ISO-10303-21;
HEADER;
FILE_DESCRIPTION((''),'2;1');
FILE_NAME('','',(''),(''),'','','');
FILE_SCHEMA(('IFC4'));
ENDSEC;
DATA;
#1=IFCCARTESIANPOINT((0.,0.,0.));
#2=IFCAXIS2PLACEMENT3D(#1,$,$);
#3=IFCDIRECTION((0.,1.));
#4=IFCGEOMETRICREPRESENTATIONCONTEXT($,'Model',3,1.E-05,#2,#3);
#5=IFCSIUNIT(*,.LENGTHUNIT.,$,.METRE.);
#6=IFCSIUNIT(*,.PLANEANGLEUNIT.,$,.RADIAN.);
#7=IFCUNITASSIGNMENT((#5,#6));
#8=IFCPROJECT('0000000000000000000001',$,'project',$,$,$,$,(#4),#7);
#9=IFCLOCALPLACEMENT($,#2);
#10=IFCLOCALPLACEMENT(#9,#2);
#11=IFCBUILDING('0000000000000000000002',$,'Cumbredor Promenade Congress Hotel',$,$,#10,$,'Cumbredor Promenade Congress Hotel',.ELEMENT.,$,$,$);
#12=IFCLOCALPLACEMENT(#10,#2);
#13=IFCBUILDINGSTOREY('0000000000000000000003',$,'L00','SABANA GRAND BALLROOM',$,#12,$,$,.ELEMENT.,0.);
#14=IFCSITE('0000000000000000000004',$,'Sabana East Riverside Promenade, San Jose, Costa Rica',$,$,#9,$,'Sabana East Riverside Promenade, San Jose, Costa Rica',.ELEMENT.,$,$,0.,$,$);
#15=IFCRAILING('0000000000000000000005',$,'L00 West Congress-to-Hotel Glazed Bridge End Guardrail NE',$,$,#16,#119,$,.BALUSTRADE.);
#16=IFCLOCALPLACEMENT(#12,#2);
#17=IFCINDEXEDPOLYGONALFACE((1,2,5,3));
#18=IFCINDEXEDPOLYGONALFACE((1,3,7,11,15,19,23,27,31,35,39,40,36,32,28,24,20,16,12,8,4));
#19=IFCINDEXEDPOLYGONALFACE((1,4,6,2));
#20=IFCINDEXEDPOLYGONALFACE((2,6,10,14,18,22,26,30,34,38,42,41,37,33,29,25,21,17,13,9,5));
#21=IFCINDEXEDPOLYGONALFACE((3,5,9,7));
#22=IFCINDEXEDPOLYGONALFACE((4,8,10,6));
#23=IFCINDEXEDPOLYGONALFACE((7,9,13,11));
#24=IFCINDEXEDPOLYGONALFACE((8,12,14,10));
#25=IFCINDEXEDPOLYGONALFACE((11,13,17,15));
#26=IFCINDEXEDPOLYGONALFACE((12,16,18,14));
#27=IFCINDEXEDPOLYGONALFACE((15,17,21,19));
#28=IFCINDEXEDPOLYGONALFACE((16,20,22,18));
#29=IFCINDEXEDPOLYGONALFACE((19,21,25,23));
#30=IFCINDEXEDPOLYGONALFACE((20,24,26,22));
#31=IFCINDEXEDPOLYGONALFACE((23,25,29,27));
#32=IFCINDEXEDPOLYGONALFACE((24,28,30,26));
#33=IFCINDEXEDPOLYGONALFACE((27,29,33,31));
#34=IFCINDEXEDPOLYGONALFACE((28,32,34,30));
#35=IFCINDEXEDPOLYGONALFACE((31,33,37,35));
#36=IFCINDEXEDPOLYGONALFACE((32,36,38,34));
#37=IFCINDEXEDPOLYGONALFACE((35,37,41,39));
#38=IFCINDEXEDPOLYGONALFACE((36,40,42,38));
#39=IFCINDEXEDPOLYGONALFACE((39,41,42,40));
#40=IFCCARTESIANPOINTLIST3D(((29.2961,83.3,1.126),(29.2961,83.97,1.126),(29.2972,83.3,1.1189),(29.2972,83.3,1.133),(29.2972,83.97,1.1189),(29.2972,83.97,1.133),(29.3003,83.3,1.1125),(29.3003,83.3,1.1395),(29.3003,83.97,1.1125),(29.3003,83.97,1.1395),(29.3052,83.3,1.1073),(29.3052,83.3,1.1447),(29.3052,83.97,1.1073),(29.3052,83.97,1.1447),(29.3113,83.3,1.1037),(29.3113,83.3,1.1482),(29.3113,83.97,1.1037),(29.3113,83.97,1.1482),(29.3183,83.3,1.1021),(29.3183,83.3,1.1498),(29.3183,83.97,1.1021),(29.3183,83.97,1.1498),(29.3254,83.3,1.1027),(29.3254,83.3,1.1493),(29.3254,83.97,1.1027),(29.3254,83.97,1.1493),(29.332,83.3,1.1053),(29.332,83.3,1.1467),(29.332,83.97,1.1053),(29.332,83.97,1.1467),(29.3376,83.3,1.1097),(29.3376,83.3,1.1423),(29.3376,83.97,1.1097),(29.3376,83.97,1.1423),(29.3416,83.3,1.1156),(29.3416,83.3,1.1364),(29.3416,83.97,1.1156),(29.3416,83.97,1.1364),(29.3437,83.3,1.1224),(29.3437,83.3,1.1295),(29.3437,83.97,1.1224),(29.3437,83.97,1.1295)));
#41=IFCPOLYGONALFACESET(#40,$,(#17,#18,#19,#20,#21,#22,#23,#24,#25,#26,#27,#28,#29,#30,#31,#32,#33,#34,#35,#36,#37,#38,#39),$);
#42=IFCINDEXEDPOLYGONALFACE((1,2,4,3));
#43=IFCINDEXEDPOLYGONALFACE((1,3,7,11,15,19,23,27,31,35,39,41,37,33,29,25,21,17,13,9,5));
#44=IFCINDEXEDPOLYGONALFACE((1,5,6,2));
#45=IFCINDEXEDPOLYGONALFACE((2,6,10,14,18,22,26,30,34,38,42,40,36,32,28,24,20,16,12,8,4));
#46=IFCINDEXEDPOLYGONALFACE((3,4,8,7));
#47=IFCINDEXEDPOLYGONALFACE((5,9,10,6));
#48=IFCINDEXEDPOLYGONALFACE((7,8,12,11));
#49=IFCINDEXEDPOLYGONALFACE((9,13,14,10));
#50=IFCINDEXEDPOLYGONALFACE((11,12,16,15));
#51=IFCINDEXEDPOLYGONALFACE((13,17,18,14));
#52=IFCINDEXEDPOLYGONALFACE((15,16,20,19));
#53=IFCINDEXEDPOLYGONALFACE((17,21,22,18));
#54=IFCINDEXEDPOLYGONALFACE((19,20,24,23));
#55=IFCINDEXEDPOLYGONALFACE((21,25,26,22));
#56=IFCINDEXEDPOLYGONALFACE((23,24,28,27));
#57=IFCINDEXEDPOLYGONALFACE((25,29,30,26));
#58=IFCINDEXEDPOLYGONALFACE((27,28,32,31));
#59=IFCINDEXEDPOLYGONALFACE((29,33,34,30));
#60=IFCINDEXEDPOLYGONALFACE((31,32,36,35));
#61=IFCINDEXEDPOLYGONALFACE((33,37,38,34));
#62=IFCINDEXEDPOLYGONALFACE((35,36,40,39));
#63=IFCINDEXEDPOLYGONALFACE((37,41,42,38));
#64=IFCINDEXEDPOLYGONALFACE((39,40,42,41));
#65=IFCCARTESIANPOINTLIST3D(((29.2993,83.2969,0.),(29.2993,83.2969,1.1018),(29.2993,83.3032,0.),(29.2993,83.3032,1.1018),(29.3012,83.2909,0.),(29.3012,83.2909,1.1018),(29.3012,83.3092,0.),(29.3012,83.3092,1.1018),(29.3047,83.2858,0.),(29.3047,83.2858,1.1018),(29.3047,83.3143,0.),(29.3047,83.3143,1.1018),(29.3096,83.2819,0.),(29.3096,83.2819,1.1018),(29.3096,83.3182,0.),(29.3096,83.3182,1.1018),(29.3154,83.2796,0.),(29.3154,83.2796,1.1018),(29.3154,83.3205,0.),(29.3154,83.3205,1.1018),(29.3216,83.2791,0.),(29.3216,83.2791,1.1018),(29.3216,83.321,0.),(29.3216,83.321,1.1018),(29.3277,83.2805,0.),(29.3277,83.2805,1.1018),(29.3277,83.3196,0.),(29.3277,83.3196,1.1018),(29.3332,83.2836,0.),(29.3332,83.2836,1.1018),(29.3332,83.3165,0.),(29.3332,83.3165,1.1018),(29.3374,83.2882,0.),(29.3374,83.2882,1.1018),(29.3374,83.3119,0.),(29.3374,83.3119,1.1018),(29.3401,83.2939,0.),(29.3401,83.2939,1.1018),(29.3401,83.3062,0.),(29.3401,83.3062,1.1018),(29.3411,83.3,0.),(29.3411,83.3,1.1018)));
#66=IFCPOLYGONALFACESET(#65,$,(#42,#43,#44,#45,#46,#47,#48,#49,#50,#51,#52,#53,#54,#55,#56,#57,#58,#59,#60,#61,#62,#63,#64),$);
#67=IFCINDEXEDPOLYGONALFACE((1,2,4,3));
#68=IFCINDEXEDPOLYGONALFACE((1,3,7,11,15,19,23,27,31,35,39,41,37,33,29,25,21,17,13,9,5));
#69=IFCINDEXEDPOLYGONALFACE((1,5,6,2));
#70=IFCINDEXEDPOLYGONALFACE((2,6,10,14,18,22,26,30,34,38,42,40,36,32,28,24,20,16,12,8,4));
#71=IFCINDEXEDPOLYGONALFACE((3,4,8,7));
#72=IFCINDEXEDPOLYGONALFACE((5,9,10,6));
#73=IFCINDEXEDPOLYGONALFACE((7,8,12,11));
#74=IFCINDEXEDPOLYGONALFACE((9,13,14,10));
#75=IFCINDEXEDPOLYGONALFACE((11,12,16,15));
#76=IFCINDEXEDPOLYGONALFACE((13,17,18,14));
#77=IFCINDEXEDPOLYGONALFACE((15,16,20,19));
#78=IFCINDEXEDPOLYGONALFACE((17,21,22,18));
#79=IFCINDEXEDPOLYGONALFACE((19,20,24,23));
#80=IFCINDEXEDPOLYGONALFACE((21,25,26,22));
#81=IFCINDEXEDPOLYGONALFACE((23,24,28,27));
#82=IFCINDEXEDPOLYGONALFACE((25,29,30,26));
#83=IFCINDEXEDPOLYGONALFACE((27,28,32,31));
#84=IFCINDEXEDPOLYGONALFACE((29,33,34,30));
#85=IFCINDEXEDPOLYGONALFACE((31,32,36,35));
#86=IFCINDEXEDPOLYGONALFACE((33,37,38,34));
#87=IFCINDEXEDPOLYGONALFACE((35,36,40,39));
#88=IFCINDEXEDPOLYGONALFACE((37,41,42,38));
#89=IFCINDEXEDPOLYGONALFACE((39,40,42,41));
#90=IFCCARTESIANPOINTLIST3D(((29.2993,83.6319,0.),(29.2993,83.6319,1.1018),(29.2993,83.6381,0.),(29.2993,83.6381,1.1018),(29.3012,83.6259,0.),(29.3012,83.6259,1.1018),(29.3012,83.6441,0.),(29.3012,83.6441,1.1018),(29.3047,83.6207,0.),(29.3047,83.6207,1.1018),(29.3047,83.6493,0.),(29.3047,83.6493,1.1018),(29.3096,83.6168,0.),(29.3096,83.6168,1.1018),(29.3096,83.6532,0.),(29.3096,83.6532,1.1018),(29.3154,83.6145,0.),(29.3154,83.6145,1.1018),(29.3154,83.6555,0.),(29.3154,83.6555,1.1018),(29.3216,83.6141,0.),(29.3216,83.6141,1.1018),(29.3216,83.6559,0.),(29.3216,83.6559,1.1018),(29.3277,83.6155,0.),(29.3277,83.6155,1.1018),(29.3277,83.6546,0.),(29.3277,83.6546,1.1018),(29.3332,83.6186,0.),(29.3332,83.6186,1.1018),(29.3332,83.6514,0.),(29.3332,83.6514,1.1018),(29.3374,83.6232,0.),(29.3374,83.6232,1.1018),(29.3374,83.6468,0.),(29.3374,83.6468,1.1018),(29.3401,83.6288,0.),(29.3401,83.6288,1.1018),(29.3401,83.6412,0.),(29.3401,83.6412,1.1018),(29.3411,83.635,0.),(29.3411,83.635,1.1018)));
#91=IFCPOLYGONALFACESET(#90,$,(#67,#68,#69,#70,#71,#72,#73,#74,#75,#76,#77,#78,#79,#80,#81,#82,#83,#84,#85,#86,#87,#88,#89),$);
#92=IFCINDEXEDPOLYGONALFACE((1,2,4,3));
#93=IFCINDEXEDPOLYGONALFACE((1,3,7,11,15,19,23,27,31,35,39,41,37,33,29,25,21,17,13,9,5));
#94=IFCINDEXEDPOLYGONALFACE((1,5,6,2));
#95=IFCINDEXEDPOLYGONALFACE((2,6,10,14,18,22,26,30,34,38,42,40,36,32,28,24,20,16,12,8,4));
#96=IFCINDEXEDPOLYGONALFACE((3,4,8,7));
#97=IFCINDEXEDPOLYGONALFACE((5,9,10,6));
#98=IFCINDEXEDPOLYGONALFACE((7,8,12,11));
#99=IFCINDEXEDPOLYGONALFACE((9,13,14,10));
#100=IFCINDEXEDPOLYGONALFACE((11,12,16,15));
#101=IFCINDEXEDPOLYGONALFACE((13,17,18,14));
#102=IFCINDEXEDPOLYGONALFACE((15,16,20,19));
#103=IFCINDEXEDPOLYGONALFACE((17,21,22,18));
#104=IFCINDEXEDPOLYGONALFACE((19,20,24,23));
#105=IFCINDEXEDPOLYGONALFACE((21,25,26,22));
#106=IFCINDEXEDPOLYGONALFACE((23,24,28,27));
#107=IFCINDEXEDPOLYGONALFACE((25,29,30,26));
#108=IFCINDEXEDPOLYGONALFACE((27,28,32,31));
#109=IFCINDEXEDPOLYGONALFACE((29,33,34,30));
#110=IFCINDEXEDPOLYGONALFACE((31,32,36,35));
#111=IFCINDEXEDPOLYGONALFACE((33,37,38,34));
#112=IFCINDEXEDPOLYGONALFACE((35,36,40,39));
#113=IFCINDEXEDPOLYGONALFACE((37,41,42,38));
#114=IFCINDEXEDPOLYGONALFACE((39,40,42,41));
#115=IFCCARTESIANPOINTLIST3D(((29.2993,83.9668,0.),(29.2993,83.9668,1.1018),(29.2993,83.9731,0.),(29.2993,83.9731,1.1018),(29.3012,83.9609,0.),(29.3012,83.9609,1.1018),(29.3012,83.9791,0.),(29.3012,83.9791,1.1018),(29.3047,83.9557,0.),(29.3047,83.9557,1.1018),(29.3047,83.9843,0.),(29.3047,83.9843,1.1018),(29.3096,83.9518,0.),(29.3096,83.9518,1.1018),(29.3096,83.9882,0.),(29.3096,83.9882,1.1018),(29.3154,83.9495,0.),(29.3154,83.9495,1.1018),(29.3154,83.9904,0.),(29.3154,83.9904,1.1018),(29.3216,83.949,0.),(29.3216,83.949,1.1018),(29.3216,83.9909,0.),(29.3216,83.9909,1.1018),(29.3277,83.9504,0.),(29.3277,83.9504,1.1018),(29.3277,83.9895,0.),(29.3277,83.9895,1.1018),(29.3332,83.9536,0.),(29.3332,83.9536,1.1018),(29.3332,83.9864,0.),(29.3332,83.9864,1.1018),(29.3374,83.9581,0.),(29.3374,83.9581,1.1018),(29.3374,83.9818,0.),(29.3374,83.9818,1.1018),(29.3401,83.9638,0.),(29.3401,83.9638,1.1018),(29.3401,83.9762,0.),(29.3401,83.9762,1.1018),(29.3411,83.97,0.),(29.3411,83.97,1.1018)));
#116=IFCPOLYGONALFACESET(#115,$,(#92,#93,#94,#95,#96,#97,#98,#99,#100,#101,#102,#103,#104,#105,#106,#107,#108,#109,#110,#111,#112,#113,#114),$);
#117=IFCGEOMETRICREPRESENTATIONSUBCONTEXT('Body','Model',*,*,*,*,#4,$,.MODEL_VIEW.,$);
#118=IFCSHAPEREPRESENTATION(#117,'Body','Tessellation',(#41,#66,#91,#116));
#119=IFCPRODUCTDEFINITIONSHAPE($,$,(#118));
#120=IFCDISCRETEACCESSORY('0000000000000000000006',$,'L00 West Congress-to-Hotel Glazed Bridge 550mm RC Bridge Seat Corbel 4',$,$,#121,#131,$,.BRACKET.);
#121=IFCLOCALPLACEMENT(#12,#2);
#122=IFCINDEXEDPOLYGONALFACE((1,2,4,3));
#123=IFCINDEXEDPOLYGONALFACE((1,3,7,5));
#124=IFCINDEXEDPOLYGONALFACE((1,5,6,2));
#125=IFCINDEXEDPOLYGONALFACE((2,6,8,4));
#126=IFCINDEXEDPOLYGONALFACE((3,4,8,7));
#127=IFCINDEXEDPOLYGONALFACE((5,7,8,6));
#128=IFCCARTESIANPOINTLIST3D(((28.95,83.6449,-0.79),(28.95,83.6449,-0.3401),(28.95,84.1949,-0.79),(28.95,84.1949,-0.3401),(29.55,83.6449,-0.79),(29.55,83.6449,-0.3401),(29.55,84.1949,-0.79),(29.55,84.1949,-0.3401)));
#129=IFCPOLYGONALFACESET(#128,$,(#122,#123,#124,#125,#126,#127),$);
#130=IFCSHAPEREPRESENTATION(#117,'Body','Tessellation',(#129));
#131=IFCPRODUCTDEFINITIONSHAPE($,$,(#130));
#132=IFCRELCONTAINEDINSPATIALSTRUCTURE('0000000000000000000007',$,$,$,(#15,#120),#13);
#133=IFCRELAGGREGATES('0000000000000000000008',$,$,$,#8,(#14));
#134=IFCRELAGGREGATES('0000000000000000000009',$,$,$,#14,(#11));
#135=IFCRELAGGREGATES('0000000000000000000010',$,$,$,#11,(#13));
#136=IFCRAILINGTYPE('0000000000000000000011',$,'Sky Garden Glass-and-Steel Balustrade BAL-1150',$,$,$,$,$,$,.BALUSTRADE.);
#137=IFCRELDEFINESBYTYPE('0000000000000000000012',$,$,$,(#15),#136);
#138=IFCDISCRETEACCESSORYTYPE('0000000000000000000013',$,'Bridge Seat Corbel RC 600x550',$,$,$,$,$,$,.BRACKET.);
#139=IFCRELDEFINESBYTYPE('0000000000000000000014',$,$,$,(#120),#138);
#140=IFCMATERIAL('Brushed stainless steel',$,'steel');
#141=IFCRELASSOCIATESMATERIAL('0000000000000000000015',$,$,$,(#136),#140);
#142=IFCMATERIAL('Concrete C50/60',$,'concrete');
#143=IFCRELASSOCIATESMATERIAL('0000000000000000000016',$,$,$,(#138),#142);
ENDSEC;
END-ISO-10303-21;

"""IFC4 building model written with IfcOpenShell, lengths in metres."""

from ifc_helpers import new_model, si_unit, direction, frame, origin, origin_2d, place, context, subcontext, project, spatial, rectangle, circle, extrude, material, type_object, element, save


model = new_model("IFC4")

# Units and contexts
model_context = context("Model", 3, precision=1e-05, world=origin(), true_north=direction((0.0, 1.0)))
body_context = subcontext(model_context, "Body", "Model", "MODEL_VIEW")
ifc_project = project(units=[si_unit("LENGTHUNIT", "METRE"), si_unit("PLANEANGLEUNIT", "RADIAN")], contexts=[model_context])

# Site, building, storey
site_placement = place(None, origin())
site = spatial("IfcSite", under=ifc_project, at=site_placement, Name="Sabana East Riverside Promenade, San Jose, Costa Rica", LongName="Sabana East Riverside Promenade, San Jose, Costa Rica", CompositionType="ELEMENT", RefElevation=0.0)
building_placement = place(site_placement, origin())
building = spatial("IfcBuilding", under=site, at=building_placement, Name="Cumbredor Promenade Congress Hotel", LongName="Cumbredor Promenade Congress Hotel", CompositionType="ELEMENT")
storey_placement = place(building_placement, origin())
storey = spatial("IfcBuildingStorey", under=building, at=storey_placement, Name="L00", Description="SABANA GRAND BALLROOM", CompositionType="ELEMENT", Elevation=0.0)

# Shared definitions
ifc_material_1 = material(Name="Concrete C50/60", Category="concrete")

# Railing
ifc_material_2 = material(Name="Brushed stainless steel", Category="steel")
railing_type = type_object("IfcRailingType", Name="Sky Garden Glass-and-Steel Balustrade BAL-1150", PredefinedType="BALUSTRADE", material=ifc_material_2)
railing_placement = place(storey_placement, frame((29.3201, 83.3, 0.0)))
element("IfcRailing", 1, at=railing_placement, inside=storey, type_object=railing_type, Name="L00 West Congress-to-Hotel Glazed Bridge End Guardrail NE", PredefinedType="BALUSTRADE", context=body_context, shape_type="SweptSolid", body=[
    extrude(circle(Radius=0.0239, at=origin_2d()), frame((0.0, 0.0, 1.126), z_axis=(0.0, 1.0, 0.0), x_axis=(-1.0, 0.0, 0.0)), (0.0, 0.0, 1.0), 0.6699),
    extrude(circle(Radius=0.021, at=origin_2d()), origin(), (0.0, 0.0, 1.0), 1.1018),
    extrude(circle(Radius=0.021, at=origin_2d()), frame((0.0, 0.335, 0.0)), (0.0, 0.0, 1.0), 1.1018),
    extrude(circle(Radius=0.021, at=origin_2d()), frame((0.0, 0.6699, 0.0)), (0.0, 0.0, 1.0), 1.1018),
])

# Discrete accessory
discrete_accessory_type = type_object("IfcDiscreteAccessoryType", Name="Bridge Seat Corbel RC 600x550", PredefinedType="BRACKET", material=ifc_material_1)
discrete_accessory_placement = place(storey_placement, frame((29.25, 83.9199, -0.79), z_axis=(0.0, 0.0, 1.0), x_axis=(0.0, 1.0, 0.0)))
element("IfcDiscreteAccessory", 2, at=discrete_accessory_placement, inside=storey, type_object=discrete_accessory_type, Name="L00 West Congress-to-Hotel Glazed Bridge 550mm RC Bridge Seat Corbel 4", PredefinedType="BRACKET", context=body_context, shape_type="SweptSolid", body=[
    extrude(rectangle(XDim=0.55, YDim=0.6001, at=origin_2d()), origin(), (0.0, 0.0, 1.0), 0.45),
])

save(model, "model.ifc")
